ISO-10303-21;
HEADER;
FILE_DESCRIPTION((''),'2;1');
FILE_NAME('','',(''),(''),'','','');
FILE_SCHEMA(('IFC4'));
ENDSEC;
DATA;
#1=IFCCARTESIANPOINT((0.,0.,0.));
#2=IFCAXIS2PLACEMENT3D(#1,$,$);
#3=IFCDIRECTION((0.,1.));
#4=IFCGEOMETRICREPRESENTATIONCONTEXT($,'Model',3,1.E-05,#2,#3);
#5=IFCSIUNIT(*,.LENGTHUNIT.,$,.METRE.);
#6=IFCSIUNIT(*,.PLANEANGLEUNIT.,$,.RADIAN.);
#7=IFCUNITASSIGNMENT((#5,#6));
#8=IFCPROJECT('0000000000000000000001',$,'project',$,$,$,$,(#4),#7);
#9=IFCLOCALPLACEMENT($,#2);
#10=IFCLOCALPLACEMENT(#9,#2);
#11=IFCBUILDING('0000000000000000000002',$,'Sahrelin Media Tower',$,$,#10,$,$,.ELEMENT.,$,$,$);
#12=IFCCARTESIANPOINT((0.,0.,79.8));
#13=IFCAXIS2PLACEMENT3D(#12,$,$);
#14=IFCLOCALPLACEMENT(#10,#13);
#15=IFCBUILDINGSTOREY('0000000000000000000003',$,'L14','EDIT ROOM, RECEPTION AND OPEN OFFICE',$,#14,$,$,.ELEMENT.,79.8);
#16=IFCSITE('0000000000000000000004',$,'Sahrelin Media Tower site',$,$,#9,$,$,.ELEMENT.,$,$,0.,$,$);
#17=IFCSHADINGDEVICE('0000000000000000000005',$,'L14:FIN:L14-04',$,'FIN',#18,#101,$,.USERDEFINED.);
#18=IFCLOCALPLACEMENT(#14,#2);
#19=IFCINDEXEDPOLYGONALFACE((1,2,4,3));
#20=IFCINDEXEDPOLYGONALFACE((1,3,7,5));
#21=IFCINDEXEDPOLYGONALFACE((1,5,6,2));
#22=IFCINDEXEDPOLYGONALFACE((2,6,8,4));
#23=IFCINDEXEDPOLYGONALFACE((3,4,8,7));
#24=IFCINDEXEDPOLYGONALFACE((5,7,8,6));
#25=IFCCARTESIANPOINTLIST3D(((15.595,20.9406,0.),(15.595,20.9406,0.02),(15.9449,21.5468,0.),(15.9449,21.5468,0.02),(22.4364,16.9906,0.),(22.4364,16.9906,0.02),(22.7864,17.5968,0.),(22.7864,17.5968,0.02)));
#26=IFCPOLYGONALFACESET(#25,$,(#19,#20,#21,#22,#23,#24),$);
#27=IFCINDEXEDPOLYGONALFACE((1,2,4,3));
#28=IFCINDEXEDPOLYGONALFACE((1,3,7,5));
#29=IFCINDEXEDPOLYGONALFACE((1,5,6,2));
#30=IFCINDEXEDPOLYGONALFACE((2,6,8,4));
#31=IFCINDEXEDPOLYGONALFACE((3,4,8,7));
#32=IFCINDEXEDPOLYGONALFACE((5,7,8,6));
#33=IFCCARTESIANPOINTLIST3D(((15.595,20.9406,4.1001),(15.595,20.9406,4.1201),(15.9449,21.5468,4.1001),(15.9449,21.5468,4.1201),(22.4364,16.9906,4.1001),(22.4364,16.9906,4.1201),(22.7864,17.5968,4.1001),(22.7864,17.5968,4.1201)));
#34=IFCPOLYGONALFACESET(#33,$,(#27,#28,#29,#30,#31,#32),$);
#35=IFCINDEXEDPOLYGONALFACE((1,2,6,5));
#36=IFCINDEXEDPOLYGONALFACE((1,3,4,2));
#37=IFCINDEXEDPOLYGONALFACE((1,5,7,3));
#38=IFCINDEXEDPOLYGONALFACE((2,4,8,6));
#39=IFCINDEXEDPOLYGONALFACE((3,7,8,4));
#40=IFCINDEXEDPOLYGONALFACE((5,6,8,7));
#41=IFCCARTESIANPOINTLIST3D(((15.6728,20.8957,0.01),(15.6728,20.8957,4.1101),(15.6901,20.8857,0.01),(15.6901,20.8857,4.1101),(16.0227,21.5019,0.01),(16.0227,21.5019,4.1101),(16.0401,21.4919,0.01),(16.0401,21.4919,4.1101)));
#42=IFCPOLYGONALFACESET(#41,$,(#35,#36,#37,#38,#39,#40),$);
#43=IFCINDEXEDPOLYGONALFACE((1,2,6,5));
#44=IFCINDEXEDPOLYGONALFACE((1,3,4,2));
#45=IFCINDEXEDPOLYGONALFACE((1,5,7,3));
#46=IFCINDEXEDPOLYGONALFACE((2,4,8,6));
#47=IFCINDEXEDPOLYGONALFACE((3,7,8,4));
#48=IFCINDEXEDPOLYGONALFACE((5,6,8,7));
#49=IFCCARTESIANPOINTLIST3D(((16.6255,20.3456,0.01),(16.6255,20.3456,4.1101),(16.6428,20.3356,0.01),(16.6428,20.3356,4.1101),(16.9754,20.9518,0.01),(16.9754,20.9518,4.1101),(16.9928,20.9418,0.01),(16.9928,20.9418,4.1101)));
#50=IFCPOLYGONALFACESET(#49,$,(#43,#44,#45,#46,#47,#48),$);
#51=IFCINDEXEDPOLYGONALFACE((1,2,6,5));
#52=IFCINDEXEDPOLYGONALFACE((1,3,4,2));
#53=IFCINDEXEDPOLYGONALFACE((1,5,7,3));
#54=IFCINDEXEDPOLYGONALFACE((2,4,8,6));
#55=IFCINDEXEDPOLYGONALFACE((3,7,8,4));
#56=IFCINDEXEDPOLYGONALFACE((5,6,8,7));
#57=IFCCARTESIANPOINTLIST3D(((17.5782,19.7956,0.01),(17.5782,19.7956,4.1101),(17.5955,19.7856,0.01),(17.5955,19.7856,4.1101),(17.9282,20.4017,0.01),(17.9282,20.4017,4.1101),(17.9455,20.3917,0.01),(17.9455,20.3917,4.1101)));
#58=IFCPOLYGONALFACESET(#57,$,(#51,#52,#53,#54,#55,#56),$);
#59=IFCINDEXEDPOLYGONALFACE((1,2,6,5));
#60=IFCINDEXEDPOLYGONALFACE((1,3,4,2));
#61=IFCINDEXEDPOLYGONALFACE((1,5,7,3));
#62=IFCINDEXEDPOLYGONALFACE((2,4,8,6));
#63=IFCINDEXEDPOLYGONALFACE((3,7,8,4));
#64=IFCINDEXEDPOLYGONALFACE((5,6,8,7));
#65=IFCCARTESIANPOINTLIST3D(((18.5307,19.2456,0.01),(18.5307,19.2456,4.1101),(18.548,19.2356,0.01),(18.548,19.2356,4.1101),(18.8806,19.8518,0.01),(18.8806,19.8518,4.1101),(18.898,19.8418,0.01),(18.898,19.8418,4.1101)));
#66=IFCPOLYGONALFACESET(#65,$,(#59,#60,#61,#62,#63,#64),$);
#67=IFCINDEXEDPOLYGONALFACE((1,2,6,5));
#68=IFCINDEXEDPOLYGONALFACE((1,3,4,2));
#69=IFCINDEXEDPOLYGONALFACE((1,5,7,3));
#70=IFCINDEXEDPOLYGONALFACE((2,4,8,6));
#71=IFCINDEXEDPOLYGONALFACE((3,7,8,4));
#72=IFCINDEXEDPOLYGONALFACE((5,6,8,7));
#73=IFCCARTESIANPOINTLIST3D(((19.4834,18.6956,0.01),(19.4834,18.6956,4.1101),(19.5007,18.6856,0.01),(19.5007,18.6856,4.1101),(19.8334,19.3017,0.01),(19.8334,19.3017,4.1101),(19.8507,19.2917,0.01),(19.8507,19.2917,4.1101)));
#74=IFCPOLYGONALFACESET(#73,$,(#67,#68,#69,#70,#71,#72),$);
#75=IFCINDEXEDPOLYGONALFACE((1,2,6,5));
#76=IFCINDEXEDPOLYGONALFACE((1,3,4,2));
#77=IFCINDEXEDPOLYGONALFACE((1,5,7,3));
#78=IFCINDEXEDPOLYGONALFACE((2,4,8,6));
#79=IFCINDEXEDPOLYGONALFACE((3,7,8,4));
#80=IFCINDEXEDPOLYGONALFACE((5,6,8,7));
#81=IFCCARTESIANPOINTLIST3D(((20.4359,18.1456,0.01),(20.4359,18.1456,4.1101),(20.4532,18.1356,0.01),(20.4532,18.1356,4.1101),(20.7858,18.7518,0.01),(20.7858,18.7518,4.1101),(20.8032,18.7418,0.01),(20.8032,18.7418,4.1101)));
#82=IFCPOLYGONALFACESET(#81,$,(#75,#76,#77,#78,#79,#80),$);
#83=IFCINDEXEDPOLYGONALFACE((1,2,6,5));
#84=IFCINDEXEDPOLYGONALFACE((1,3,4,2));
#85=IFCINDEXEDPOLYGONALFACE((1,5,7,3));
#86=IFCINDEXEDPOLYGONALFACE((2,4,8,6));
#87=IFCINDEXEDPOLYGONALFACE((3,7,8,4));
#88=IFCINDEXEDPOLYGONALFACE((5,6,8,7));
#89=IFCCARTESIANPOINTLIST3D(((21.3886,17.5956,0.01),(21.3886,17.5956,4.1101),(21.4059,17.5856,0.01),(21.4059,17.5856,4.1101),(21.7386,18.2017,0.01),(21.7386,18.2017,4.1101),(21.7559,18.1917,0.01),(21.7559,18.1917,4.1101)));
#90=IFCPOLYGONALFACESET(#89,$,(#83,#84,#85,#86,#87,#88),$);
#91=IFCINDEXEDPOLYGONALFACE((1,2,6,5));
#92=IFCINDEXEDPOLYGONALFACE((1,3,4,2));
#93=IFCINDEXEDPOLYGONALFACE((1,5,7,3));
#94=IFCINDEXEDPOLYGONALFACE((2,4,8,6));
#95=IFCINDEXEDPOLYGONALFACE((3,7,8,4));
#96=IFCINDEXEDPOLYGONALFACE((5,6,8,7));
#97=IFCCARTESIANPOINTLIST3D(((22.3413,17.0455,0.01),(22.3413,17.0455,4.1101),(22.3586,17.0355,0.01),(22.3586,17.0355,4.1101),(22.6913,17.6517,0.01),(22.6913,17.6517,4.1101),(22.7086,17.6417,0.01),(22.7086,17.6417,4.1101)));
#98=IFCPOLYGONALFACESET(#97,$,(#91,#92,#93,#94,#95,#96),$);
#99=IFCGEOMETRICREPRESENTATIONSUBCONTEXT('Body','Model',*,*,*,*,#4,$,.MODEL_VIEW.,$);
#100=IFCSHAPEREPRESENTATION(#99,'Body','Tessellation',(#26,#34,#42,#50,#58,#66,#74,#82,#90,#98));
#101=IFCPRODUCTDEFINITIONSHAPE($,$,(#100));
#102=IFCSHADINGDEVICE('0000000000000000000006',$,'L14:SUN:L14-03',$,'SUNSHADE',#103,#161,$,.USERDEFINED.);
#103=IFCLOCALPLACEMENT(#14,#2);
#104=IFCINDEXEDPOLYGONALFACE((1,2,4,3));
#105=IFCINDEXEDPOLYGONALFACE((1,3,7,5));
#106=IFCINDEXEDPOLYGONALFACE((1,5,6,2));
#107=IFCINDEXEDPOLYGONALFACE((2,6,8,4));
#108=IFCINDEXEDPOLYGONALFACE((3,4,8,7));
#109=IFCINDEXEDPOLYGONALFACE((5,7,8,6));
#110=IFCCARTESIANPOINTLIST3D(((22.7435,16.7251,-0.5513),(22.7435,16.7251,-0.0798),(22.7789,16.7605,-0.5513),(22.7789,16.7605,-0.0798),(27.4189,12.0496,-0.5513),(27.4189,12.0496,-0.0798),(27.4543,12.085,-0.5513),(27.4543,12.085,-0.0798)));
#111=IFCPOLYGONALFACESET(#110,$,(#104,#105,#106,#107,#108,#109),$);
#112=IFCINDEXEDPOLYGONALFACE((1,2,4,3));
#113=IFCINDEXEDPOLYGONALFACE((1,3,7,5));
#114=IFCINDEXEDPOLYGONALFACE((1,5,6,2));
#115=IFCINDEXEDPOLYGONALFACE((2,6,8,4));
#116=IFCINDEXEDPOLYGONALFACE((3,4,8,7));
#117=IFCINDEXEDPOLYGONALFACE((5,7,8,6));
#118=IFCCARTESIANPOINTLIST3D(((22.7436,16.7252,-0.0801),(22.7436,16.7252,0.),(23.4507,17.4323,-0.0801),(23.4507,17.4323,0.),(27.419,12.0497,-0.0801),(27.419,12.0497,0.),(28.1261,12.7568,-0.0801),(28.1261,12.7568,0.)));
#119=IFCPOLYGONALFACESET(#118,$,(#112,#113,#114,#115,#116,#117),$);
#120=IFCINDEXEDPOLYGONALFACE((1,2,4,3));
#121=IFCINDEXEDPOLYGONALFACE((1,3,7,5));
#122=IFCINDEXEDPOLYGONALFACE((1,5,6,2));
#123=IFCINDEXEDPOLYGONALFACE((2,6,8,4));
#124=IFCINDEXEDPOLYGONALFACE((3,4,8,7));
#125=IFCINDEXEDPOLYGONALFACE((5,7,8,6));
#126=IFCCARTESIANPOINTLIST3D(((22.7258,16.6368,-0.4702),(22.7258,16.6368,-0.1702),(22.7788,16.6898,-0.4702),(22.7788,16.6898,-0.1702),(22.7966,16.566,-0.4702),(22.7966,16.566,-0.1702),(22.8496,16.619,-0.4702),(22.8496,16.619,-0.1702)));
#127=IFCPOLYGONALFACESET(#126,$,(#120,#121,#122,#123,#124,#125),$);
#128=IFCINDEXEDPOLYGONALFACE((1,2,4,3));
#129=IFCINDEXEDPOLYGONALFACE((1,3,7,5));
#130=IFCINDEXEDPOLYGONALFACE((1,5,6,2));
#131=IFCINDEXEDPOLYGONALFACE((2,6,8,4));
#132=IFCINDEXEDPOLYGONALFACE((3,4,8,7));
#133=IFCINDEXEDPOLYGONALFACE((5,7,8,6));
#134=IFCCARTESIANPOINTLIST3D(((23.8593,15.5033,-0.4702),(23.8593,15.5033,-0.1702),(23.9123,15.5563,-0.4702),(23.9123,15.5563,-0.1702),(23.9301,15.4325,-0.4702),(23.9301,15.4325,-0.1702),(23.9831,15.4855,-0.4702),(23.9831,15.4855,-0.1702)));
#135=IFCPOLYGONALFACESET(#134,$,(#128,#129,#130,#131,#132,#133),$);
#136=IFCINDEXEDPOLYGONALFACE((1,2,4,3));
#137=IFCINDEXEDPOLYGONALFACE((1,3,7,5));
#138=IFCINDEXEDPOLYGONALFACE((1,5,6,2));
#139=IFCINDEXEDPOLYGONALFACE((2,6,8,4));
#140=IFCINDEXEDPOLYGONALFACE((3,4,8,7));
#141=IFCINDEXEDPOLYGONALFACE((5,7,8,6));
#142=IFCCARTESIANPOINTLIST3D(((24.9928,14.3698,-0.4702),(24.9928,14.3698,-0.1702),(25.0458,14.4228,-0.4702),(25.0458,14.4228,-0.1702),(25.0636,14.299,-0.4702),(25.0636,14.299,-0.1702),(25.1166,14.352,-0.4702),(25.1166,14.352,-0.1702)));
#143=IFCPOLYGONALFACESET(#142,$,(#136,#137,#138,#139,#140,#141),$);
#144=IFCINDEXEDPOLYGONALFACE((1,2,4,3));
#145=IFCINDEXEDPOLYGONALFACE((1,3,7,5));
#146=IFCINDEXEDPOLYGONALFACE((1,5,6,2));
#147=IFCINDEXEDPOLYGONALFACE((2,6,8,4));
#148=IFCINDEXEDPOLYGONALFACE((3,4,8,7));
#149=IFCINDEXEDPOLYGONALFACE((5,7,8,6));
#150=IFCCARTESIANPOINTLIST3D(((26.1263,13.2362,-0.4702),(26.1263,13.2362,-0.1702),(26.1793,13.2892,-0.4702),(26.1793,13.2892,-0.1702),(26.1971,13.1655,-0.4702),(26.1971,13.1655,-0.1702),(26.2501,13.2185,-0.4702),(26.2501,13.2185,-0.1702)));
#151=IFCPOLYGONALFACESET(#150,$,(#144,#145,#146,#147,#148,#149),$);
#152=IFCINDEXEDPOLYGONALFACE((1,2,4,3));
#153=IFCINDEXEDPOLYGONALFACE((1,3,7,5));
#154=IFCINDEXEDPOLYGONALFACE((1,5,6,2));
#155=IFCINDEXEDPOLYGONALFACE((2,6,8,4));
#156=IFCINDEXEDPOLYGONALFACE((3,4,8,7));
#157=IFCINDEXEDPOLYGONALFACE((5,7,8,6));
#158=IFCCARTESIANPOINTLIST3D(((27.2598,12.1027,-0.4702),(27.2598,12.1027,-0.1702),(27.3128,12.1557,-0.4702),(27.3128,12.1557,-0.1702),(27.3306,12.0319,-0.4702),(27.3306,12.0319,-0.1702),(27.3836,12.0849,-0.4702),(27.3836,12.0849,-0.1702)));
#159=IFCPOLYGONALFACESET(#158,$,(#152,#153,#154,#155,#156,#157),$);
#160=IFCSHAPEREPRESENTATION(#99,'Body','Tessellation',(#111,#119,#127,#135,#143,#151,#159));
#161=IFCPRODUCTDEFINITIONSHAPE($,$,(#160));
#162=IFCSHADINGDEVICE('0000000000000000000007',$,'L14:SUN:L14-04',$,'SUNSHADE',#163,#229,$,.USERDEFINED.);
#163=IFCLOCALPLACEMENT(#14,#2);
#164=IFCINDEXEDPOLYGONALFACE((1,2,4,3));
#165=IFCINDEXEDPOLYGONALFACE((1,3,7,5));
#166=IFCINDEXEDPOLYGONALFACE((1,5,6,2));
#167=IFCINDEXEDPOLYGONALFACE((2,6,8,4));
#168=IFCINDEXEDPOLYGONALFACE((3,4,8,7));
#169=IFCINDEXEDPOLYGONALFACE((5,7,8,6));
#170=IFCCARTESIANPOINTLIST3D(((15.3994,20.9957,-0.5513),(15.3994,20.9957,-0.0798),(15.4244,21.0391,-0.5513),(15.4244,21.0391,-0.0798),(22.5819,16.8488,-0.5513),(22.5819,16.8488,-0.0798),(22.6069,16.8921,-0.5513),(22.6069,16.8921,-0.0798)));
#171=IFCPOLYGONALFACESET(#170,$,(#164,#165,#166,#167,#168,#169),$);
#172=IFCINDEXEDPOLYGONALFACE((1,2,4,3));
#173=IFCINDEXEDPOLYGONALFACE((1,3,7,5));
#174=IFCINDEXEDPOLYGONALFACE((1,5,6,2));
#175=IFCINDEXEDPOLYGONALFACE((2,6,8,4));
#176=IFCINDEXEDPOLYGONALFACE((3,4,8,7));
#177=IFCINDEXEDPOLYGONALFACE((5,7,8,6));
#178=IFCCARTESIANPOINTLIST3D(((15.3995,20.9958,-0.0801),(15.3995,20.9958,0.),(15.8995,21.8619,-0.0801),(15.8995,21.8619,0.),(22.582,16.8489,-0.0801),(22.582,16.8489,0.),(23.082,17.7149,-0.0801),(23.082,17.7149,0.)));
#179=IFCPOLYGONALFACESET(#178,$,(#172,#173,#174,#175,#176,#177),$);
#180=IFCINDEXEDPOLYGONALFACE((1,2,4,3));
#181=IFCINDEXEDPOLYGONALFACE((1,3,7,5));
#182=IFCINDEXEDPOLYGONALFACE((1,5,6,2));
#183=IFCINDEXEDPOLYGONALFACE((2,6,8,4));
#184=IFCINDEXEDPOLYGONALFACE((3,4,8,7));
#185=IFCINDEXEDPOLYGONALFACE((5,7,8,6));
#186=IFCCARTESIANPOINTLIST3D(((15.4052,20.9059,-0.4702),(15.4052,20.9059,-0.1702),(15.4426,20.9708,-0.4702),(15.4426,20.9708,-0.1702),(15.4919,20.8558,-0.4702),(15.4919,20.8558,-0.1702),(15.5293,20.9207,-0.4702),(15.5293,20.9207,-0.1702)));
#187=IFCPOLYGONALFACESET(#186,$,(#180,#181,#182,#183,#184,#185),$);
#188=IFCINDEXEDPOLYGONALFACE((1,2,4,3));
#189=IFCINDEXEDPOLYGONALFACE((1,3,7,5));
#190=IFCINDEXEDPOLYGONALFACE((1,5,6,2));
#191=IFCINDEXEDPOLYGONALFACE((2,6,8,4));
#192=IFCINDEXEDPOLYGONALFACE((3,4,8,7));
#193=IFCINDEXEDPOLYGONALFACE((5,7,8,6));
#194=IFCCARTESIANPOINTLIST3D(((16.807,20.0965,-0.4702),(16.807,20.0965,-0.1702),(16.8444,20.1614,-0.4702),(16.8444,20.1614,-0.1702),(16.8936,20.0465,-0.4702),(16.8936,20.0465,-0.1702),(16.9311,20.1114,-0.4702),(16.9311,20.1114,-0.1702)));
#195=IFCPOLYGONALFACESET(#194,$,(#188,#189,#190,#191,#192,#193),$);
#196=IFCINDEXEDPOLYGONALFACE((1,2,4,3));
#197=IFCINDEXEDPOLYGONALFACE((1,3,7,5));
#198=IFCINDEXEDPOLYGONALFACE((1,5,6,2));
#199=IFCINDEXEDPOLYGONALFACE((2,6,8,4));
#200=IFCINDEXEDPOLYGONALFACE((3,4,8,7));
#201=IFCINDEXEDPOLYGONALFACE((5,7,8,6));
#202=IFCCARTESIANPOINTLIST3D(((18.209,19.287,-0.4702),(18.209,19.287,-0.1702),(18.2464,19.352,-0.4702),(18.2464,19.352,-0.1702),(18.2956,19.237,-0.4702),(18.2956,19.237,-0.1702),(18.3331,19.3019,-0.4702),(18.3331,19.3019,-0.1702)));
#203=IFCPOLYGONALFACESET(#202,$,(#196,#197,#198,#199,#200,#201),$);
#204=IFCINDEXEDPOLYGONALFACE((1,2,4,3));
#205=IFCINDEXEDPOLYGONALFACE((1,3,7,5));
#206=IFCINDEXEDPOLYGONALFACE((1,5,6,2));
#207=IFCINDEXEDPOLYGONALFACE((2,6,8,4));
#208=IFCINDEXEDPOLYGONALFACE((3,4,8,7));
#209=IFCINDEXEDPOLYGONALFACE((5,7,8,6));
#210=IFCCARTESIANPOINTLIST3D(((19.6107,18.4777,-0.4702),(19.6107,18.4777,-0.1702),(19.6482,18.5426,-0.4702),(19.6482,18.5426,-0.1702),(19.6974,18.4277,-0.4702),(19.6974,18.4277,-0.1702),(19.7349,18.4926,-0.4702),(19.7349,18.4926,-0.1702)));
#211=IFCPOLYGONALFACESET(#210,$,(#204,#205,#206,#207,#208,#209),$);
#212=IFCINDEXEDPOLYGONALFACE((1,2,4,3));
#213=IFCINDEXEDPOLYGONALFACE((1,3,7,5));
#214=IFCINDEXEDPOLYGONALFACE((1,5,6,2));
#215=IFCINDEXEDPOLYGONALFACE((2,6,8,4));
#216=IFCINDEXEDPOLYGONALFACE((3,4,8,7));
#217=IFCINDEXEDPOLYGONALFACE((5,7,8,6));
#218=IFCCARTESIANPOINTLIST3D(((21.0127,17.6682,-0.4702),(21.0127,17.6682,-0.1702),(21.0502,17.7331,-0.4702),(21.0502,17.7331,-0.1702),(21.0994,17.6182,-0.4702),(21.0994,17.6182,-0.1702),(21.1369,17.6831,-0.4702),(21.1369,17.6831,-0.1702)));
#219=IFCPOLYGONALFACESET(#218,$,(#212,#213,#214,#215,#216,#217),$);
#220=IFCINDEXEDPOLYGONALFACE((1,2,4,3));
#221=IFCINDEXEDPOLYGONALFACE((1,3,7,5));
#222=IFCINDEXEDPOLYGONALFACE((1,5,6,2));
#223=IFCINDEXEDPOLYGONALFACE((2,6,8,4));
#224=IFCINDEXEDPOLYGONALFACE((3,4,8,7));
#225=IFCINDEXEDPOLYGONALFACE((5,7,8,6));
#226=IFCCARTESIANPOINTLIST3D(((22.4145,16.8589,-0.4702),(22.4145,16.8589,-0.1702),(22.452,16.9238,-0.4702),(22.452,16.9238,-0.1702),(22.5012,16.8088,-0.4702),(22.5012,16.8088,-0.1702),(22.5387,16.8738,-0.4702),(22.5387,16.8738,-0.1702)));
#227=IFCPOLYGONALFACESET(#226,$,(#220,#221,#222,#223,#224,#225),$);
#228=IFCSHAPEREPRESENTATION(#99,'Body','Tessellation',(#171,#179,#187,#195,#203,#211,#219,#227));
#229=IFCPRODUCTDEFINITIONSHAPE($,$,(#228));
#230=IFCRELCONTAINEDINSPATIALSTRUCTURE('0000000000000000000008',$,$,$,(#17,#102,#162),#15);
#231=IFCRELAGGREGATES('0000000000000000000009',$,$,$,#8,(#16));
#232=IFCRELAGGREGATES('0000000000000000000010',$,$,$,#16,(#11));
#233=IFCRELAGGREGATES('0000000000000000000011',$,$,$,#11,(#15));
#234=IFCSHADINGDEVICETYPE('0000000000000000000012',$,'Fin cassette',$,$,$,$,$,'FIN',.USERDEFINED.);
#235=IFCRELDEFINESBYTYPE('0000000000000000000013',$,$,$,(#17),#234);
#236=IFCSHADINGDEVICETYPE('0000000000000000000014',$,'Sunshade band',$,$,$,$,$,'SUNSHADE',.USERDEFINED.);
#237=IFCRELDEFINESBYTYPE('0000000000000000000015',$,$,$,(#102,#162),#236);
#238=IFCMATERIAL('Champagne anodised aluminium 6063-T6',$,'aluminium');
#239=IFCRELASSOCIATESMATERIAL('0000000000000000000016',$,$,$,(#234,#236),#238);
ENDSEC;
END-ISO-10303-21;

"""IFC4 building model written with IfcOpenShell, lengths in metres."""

from ifc_helpers import new_model, si_unit, direction, frame, origin, origin_2d, place, context, subcontext, project, spatial, rectangle, extrude, material, type_object, element, save


model = new_model("IFC4")

# Units and contexts
model_context = context("Model", 3, precision=1e-05, world=origin(), true_north=direction((0.0, 1.0)))
body_context = subcontext(model_context, "Body", "Model", "MODEL_VIEW")
ifc_project = project(units=[si_unit("LENGTHUNIT", "METRE"), si_unit("PLANEANGLEUNIT", "RADIAN")], contexts=[model_context])

# Site, building, storey
site_placement = place(None, origin())
site = spatial("IfcSite", under=ifc_project, at=site_placement, Name="Sahrelin Media Tower site", CompositionType="ELEMENT", RefElevation=0.0)
building_placement = place(site_placement, origin())
building = spatial("IfcBuilding", under=site, at=building_placement, Name="Sahrelin Media Tower", CompositionType="ELEMENT")
storey_placement = place(building_placement, frame((0.0, 0.0, 79.8)))
storey = spatial("IfcBuildingStorey", under=building, at=storey_placement, Name="L14", Description="EDIT ROOM, RECEPTION AND OPEN OFFICE", CompositionType="ELEMENT", Elevation=79.8)

# Shared definitions
ifc_material_1 = material(Name="Champagne anodised aluminium 6063-T6", Category="aluminium")

# Shading devices
shading_device_type_1 = type_object("IfcShadingDeviceType", Name="Fin cassette", ElementType="FIN", PredefinedType="USERDEFINED", material=ifc_material_1)
placement_1 = place(storey_placement, frame((25.0671, 14.3733, 0.0), z_axis=(0.0, 0.0, 1.0), x_axis=(0.707107, -0.707107, 0.0)))
placement_2 = place(storey_placement, frame((18.9807, 18.905, 0.0), z_axis=(0.0, 0.0, 1.0), x_axis=(0.866019, -0.500011, 0.0)))
element("IfcShadingDevice", 1, at=placement_2, inside=storey, type_object=shading_device_type_1, Name="L14:FIN:L14-04", ObjectType="FIN", PredefinedType="USERDEFINED", context=body_context, shape_type="SweptSolid", body=[
    extrude(rectangle(XDim=7.8999, YDim=0.7, at=origin_2d()), frame((0.0, 0.4199, 0.0)), (0.0, 0.0, 1.0), 0.02),
    extrude(rectangle(XDim=7.8999, YDim=0.7, at=origin_2d()), frame((0.0, 0.4199, 4.1001)), (0.0, 0.0, 1.0), 0.02),
    extrude(rectangle(XDim=0.02, YDim=0.7, at=origin_2d()), frame((-3.8501, 0.4199, 0.01), z_axis=(0.0, 0.0, 1.0), x_axis=(1.0, 0.0, 0.0)), (0.0, 0.0, 1.0), 4.1001),
    extrude(rectangle(XDim=0.02, YDim=0.7, at=origin_2d()), frame((-2.75, 0.4199, 0.01), z_axis=(0.0, 0.0, 1.0), x_axis=(1.0, 0.0, 0.0)), (0.0, 0.0, 1.0), 4.1001),
    extrude(rectangle(XDim=0.02, YDim=0.7, at=origin_2d()), frame((-1.6499, 0.4199, 0.01), z_axis=(0.0, 0.0, 1.0), x_axis=(1.0, 0.0, 0.0)), (0.0, 0.0, 1.0), 4.1001),
    extrude(rectangle(XDim=0.02, YDim=0.7, at=origin_2d()), frame((-0.55, 0.4199, 0.01), z_axis=(0.0, 0.0, 1.0), x_axis=(1.0, 0.0, 0.0)), (0.0, 0.0, 1.0), 4.1001),
    extrude(rectangle(XDim=0.02, YDim=0.7, at=origin_2d()), frame((0.55, 0.4199, 0.01), z_axis=(0.0, 0.0, 1.0), x_axis=(1.0, 0.0, 0.0)), (0.0, 0.0, 1.0), 4.1001),
    extrude(rectangle(XDim=0.02, YDim=0.7, at=origin_2d()), frame((1.6499, 0.4199, 0.01), z_axis=(0.0, 0.0, 1.0), x_axis=(1.0, 0.0, 0.0)), (0.0, 0.0, 1.0), 4.1001),
    extrude(rectangle(XDim=0.02, YDim=0.7, at=origin_2d()), frame((2.75, 0.4199, 0.01), z_axis=(0.0, 0.0, 1.0), x_axis=(1.0, 0.0, 0.0)), (0.0, 0.0, 1.0), 4.1001),
    extrude(rectangle(XDim=0.02, YDim=0.7, at=origin_2d()), frame((3.8501, 0.4199, 0.01), z_axis=(0.0, 0.0, 1.0), x_axis=(1.0, 0.0, 0.0)), (0.0, 0.0, 1.0), 4.1001),
])
shading_device_type_2 = type_object("IfcShadingDeviceType", Name="Sunshade band", ElementType="SUNSHADE", PredefinedType="USERDEFINED", material=ifc_material_1)
element("IfcShadingDevice", 2, at=placement_1, inside=storey, type_object=shading_device_type_2, Name="L14:SUN:L14-03", ObjectType="SUNSHADE", PredefinedType="USERDEFINED", context=body_context, shape_type="SweptSolid", body=[
    extrude(rectangle(XDim=6.6121, YDim=0.05, at=origin_2d()), frame((0.0, 0.0449, -0.5513)), (0.0, 0.0, 1.0), 0.4714),
    extrude(rectangle(XDim=6.6121, YDim=1.0, at=origin_2d()), frame((0.0, 0.52, -0.0801)), (0.0, 0.0, 1.0), 0.0801),
    extrude(rectangle(XDim=0.1001, YDim=0.075, at=origin_2d()), frame((-3.2061, -0.0176, -0.4702)), (0.0, 0.0, 1.0), 0.3),
    extrude(rectangle(XDim=0.1001, YDim=0.075, at=origin_2d()), frame((-1.603, -0.0176, -0.4702)), (0.0, 0.0, 1.0), 0.3),
    extrude(rectangle(XDim=0.1001, YDim=0.075, at=origin_2d()), frame((0.0, -0.0176, -0.4702)), (0.0, 0.0, 1.0), 0.3),
    extrude(rectangle(XDim=0.1001, YDim=0.075, at=origin_2d()), frame((1.603, -0.0176, -0.4702)), (0.0, 0.0, 1.0), 0.3),
    extrude(rectangle(XDim=0.1001, YDim=0.075, at=origin_2d()), frame((3.2061, -0.0176, -0.4702)), (0.0, 0.0, 1.0), 0.3),
])
element("IfcShadingDevice", 3, at=placement_2, inside=storey, type_object=shading_device_type_2, Name="L14:SUN:L14-04", ObjectType="SUNSHADE", PredefinedType="USERDEFINED", context=body_context, shape_type="SweptSolid", body=[
    extrude(rectangle(XDim=8.2937, YDim=0.05, at=origin_2d()), frame((0.0, 0.0449, -0.5513)), (0.0, 0.0, 1.0), 0.4714),
    extrude(rectangle(XDim=8.2937, YDim=1.0, at=origin_2d()), frame((0.0, 0.52, -0.0801)), (0.0, 0.0, 1.0), 0.0801),
    extrude(rectangle(XDim=0.1001, YDim=0.075, at=origin_2d()), frame((-4.0469, -0.0176, -0.4702)), (0.0, 0.0, 1.0), 0.3),
    extrude(rectangle(XDim=0.1001, YDim=0.075, at=origin_2d()), frame((-2.4282, -0.0176, -0.4702)), (0.0, 0.0, 1.0), 0.3),
    extrude(rectangle(XDim=0.1001, YDim=0.075, at=origin_2d()), frame((-0.8093, -0.0176, -0.4702)), (0.0, 0.0, 1.0), 0.3),
    extrude(rectangle(XDim=0.1001, YDim=0.075, at=origin_2d()), frame((0.8093, -0.0176, -0.4702)), (0.0, 0.0, 1.0), 0.3),
    extrude(rectangle(XDim=0.1001, YDim=0.075, at=origin_2d()), frame((2.4282, -0.0176, -0.4702)), (0.0, 0.0, 1.0), 0.3),
    extrude(rectangle(XDim=0.1001, YDim=0.075, at=origin_2d()), frame((4.0469, -0.0176, -0.4702)), (0.0, 0.0, 1.0), 0.3),
])

save(model, "model.ifc")
